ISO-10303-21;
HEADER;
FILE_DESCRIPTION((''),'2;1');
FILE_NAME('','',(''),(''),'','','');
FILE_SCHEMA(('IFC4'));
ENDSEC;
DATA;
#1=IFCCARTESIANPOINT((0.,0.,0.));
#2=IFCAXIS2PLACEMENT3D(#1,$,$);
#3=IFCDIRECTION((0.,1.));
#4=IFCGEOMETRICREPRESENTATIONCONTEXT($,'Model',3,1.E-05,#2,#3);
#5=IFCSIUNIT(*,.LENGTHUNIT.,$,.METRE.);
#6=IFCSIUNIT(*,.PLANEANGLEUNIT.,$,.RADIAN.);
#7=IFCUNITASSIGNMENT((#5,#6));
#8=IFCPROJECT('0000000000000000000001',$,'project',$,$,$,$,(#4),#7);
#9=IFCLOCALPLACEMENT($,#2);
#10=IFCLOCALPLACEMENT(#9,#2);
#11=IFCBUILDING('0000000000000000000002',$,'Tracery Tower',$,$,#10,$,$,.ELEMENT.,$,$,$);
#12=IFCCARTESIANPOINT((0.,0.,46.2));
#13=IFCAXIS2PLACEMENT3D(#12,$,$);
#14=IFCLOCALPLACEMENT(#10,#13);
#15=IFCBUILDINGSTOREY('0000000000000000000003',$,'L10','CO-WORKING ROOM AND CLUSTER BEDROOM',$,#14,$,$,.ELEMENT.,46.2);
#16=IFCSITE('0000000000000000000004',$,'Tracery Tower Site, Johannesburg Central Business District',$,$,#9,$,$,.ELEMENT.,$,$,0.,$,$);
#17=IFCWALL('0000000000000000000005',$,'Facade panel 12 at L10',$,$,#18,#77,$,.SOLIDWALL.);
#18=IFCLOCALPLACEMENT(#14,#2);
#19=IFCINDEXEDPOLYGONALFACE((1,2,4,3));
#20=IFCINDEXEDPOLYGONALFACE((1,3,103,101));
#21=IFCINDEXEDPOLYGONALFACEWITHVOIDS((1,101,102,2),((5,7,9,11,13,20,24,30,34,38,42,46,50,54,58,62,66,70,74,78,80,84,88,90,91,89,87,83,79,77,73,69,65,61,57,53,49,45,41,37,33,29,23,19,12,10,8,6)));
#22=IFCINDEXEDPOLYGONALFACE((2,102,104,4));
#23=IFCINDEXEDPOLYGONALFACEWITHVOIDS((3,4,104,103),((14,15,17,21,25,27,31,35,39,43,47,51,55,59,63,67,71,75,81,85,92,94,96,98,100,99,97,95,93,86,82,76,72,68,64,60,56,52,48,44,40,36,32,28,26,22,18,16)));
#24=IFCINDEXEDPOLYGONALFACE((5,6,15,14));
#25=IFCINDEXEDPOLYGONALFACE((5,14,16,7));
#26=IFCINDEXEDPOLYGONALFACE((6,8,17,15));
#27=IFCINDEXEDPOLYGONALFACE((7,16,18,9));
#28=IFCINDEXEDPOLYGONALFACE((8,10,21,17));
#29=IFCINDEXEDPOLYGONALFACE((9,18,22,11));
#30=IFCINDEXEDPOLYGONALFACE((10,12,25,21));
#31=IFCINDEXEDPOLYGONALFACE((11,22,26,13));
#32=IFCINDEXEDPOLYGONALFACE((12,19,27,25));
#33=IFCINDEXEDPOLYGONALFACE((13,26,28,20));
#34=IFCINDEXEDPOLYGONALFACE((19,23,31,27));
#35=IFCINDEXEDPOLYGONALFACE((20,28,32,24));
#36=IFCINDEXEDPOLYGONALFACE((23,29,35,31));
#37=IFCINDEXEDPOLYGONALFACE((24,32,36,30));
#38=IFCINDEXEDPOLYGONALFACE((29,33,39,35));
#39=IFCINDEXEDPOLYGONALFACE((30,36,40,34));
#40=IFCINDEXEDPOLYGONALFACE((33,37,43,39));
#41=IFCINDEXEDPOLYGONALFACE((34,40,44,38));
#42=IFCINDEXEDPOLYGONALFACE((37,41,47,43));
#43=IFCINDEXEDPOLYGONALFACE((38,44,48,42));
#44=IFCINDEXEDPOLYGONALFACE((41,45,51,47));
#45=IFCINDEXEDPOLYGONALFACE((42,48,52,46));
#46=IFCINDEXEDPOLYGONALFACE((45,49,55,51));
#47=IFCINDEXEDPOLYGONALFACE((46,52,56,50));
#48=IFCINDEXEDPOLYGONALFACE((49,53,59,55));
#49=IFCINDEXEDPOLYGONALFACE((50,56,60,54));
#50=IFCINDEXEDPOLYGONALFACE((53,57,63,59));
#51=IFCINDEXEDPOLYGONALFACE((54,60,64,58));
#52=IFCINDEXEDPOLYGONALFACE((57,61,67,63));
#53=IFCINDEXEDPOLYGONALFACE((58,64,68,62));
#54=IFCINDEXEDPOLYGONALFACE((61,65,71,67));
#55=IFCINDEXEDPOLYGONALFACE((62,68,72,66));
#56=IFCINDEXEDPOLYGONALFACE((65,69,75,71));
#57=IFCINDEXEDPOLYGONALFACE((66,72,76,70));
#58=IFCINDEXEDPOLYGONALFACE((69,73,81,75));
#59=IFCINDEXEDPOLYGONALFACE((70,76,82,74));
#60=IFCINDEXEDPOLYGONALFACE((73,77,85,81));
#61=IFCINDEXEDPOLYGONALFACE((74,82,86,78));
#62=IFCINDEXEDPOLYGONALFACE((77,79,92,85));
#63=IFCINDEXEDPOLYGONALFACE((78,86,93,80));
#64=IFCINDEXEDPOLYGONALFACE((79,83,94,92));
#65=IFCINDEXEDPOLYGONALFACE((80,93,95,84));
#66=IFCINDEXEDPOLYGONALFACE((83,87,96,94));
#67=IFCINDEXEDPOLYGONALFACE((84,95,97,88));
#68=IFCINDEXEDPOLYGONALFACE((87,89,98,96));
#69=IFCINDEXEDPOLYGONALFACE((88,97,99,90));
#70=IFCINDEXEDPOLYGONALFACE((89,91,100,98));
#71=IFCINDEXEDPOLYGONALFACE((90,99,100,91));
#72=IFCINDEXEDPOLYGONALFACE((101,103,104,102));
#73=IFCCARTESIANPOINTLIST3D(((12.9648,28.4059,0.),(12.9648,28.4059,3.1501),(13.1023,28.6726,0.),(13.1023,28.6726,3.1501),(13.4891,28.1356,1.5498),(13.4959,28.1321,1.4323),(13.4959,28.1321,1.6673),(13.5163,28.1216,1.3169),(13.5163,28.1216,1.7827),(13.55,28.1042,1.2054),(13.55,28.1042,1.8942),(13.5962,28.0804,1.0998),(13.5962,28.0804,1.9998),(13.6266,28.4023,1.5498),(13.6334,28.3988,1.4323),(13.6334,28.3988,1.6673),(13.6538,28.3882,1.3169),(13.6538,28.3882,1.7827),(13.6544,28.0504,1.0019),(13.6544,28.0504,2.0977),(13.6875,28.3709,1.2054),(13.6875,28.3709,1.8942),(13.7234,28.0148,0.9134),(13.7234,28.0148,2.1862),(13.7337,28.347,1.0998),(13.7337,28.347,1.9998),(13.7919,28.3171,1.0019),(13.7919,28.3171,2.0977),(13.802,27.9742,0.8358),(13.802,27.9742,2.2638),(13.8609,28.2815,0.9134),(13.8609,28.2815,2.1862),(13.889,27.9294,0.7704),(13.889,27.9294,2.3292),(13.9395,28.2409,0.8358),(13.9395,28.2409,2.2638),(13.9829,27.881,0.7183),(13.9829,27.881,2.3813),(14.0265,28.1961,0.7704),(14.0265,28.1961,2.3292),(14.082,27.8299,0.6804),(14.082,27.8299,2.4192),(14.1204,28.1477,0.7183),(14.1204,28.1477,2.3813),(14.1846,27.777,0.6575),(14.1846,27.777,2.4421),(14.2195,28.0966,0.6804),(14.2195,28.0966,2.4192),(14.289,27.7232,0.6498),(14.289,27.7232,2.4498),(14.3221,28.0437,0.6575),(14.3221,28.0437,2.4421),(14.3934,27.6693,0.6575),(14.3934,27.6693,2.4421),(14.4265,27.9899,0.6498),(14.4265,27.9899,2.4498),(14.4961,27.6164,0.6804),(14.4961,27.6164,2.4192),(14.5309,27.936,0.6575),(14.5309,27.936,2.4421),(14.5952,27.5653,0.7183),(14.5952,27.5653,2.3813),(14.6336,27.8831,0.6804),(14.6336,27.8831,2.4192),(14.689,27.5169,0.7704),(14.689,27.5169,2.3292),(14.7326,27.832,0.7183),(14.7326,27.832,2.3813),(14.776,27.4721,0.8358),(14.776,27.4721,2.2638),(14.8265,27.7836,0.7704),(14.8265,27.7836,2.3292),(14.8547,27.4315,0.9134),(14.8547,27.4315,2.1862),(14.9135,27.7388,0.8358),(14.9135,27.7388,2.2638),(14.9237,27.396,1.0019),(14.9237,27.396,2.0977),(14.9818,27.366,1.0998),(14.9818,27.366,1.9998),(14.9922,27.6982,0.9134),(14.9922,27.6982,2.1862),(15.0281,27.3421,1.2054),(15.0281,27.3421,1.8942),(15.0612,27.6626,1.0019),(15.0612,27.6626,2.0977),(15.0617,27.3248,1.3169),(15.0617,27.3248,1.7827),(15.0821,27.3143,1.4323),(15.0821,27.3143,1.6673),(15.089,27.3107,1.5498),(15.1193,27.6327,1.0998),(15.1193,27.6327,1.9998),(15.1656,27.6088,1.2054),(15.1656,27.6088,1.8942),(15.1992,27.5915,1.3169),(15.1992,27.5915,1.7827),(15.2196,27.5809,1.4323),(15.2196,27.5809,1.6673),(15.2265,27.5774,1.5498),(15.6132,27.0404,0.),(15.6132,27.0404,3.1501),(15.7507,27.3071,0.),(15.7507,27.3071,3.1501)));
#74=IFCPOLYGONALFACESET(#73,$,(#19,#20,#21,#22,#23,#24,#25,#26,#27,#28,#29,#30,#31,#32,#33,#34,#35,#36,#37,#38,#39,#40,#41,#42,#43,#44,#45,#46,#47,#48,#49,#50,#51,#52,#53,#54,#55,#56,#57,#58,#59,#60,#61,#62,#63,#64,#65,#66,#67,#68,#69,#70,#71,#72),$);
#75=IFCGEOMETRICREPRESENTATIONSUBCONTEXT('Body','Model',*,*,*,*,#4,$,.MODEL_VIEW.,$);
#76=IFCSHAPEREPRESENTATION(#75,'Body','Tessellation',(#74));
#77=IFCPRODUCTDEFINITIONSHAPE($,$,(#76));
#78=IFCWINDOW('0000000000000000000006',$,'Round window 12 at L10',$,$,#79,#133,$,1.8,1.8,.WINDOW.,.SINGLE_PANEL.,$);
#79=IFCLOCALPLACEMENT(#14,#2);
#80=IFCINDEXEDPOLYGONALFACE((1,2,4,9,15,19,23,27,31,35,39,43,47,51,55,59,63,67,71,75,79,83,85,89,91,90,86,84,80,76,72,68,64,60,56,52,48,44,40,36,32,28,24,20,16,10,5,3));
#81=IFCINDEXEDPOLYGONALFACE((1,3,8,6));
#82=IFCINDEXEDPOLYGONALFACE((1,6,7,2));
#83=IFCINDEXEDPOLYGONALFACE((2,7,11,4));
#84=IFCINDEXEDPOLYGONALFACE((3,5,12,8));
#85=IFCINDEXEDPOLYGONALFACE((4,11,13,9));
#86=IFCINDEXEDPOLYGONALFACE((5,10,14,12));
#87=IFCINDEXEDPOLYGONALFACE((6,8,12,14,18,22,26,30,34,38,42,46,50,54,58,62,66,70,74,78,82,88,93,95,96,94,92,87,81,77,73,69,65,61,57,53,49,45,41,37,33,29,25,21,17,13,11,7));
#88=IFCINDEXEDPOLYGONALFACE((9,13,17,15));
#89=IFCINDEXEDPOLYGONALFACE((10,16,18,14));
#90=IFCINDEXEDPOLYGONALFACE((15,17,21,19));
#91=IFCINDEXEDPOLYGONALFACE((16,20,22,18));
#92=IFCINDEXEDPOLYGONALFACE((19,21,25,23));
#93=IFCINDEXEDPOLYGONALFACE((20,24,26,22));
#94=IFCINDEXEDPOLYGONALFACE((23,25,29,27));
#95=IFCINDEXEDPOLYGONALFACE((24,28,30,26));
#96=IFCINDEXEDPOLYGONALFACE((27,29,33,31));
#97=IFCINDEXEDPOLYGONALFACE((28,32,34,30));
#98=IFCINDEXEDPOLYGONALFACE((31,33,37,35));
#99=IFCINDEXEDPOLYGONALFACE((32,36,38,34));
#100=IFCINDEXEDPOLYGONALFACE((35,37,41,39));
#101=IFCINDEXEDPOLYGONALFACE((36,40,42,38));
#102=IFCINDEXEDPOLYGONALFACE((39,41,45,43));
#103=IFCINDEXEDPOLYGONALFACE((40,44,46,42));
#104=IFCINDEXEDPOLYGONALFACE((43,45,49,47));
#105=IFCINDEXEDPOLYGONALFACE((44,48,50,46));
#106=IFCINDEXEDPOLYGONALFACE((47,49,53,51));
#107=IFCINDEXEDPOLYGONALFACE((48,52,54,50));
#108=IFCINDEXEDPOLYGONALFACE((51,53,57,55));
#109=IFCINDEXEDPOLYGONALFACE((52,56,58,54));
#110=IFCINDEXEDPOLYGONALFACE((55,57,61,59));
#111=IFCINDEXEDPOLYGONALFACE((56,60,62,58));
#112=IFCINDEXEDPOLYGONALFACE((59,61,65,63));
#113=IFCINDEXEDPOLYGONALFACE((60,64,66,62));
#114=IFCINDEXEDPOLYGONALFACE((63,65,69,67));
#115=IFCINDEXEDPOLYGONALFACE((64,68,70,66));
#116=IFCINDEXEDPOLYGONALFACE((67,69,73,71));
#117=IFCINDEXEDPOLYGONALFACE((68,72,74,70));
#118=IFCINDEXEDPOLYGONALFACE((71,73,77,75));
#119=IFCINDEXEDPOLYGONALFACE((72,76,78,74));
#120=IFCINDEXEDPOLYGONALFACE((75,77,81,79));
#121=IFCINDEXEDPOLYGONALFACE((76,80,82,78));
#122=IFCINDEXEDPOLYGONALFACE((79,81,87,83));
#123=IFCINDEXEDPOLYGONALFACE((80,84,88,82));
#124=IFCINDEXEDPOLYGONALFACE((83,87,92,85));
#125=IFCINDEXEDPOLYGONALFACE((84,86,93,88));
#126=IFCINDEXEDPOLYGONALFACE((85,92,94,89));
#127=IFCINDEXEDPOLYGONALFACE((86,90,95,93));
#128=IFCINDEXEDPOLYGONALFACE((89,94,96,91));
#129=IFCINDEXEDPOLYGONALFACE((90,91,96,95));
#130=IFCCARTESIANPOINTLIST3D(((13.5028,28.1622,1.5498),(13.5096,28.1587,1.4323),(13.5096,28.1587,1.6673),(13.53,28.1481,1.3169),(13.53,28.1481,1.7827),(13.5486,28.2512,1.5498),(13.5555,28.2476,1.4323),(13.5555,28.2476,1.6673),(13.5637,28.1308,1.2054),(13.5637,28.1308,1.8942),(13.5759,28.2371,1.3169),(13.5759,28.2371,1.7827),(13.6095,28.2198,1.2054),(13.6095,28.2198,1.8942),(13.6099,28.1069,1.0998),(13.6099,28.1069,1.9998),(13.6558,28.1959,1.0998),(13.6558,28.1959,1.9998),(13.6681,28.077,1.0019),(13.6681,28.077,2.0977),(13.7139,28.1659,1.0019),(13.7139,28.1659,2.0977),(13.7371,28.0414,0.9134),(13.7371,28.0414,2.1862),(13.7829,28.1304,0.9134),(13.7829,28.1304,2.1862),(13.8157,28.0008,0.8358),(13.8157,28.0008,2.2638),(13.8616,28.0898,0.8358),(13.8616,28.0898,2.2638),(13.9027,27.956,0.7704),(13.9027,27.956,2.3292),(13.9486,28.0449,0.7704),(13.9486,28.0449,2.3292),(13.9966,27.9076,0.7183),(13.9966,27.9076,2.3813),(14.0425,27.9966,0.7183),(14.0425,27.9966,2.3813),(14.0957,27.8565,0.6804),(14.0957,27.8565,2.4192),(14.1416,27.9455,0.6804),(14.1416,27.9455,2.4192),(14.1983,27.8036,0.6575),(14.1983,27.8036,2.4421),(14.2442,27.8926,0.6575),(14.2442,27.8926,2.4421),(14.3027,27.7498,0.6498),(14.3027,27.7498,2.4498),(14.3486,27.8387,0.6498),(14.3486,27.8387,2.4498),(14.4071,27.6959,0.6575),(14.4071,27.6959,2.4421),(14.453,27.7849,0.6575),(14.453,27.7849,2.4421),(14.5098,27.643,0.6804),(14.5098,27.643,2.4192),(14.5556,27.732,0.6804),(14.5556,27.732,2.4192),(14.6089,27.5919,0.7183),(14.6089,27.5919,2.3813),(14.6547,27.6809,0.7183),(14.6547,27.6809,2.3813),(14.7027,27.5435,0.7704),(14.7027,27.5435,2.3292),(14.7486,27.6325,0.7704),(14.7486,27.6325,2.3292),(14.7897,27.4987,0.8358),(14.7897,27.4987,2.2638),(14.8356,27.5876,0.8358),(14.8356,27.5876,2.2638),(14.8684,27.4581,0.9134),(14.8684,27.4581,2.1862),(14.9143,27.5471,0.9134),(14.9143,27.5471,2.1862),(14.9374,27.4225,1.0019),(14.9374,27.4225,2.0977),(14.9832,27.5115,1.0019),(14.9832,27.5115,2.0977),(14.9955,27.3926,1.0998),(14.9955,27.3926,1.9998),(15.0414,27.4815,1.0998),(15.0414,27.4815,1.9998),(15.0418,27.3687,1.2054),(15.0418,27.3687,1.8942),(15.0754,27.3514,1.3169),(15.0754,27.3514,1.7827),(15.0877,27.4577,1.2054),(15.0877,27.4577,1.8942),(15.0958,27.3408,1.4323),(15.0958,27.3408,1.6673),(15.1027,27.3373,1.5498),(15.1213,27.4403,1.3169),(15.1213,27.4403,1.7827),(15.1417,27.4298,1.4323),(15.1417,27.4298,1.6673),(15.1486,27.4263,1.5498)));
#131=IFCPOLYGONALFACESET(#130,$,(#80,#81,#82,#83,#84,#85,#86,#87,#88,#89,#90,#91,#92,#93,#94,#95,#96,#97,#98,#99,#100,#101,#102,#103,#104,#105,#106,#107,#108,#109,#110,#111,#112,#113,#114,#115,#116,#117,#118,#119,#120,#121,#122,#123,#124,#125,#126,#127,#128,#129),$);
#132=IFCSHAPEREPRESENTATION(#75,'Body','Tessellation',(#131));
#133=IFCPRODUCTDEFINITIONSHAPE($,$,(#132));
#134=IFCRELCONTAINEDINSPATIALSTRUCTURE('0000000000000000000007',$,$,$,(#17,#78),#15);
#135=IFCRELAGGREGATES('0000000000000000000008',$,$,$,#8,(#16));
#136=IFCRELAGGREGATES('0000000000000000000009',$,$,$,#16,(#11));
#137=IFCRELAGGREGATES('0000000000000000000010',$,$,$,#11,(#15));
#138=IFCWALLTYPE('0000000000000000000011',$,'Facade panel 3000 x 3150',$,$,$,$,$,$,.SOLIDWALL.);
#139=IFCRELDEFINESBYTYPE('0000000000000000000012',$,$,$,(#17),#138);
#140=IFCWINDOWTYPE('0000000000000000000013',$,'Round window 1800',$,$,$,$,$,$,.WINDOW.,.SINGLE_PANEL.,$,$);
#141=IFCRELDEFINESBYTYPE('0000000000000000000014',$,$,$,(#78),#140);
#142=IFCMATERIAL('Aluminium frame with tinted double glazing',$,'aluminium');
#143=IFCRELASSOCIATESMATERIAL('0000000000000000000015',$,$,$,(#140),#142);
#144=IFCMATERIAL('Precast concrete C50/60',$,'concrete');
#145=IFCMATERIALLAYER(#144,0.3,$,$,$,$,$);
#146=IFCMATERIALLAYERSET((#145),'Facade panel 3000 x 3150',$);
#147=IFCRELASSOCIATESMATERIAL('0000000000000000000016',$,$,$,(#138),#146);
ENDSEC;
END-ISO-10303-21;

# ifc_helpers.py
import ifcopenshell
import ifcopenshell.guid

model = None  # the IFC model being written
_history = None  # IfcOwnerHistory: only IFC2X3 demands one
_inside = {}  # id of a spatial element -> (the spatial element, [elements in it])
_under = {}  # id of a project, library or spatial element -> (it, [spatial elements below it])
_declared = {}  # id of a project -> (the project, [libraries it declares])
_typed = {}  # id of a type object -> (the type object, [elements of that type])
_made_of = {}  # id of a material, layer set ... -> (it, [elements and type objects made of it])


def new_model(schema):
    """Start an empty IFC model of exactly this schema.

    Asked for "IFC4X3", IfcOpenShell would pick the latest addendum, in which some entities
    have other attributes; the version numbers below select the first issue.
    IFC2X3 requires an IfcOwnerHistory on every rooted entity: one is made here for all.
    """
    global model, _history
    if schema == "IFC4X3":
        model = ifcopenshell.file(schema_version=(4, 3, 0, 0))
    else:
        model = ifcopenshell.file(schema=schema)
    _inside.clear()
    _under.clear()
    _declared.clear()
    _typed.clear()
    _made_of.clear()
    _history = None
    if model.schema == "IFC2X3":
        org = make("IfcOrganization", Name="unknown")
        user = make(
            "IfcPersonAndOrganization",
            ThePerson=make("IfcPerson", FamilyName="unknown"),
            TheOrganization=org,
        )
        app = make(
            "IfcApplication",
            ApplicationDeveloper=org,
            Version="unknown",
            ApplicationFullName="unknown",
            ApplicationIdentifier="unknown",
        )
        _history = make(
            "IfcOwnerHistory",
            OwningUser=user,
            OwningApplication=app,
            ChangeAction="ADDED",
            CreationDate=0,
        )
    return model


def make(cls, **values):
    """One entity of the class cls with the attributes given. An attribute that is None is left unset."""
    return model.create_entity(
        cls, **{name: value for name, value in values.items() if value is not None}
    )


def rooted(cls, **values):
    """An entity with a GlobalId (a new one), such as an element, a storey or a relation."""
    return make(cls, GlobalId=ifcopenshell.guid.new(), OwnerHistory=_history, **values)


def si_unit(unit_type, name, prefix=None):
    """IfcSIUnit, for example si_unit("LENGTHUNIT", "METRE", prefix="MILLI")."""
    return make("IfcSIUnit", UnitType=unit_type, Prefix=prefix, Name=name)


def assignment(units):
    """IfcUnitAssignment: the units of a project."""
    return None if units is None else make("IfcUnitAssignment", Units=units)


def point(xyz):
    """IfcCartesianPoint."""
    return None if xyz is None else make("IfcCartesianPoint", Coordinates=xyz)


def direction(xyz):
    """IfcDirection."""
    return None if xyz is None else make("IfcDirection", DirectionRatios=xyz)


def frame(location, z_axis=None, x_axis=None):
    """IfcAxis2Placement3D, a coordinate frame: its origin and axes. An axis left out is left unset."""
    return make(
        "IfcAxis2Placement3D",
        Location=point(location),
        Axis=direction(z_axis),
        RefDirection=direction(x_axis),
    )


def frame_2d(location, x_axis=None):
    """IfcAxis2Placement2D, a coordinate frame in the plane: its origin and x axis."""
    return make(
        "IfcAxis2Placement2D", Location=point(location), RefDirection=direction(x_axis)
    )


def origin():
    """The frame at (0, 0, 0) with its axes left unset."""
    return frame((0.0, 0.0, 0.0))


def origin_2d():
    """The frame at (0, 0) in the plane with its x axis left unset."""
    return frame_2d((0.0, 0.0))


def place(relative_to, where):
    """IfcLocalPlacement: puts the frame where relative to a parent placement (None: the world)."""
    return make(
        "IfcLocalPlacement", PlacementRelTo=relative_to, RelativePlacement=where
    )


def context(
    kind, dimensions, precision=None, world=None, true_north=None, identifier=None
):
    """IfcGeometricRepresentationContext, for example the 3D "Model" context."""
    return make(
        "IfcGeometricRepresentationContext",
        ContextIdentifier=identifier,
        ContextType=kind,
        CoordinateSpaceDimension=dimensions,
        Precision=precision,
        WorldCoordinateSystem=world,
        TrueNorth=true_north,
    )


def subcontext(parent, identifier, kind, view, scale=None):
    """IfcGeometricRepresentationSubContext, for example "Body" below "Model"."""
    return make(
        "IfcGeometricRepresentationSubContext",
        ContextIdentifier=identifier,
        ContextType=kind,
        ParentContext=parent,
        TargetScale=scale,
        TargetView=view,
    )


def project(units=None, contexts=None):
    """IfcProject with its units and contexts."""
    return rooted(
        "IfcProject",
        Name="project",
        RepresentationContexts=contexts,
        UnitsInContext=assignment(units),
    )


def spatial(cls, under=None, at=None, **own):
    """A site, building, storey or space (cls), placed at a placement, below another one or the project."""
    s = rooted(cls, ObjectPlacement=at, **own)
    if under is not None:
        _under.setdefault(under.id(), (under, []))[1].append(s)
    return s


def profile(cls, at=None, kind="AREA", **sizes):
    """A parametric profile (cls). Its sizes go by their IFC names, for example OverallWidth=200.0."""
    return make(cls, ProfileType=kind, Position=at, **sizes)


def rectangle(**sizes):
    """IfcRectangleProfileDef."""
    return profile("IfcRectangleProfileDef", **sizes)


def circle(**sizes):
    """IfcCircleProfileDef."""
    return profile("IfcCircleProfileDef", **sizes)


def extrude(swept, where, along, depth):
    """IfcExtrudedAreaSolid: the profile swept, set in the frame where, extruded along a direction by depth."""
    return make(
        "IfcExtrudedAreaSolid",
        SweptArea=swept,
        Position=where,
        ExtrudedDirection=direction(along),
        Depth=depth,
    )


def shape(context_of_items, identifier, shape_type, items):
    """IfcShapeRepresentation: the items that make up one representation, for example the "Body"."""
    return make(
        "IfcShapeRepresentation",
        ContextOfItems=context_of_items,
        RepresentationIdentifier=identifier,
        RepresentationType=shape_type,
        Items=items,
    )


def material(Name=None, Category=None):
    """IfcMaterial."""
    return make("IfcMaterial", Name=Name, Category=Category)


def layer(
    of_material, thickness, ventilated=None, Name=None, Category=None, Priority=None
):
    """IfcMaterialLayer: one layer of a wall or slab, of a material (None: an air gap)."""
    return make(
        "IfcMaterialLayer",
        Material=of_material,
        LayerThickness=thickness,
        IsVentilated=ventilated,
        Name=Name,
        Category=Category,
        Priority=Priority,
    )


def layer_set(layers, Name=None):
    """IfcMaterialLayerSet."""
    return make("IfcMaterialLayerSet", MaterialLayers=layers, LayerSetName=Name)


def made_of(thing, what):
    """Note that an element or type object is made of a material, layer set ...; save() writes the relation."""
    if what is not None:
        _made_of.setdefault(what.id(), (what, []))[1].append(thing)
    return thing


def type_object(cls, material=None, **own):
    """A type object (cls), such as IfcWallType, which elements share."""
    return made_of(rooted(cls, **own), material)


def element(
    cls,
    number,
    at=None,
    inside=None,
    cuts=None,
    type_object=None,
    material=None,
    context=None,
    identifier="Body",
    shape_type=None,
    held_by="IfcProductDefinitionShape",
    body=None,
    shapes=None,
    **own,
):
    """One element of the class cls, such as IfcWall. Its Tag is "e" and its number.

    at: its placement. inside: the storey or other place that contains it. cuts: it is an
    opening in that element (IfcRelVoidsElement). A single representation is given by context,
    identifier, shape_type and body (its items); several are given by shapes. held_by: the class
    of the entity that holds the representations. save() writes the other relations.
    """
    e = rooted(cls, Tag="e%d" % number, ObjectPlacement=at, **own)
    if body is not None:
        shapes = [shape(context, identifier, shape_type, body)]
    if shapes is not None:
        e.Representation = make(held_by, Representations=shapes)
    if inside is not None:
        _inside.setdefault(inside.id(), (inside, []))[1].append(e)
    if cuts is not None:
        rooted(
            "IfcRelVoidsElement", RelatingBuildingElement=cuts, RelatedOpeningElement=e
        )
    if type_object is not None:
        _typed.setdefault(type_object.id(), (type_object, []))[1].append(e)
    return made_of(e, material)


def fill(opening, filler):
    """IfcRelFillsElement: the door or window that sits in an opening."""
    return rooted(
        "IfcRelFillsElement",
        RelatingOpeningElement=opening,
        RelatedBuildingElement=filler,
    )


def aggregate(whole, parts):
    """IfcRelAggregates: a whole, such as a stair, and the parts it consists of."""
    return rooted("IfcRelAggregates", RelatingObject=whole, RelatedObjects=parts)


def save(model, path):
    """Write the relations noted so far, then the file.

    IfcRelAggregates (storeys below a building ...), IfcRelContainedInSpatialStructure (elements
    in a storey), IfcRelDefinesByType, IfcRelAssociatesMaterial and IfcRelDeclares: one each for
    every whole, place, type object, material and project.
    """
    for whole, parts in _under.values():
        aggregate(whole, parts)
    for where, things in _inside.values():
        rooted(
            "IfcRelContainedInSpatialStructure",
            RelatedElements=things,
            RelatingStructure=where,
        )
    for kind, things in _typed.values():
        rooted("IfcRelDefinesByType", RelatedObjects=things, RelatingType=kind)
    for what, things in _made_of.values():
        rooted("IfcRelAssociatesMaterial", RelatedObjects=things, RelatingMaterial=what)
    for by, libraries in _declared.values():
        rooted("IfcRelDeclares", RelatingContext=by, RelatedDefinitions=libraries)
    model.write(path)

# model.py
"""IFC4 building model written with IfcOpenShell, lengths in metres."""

from ifc_helpers import new_model, si_unit, direction, frame, frame_2d, origin, origin_2d, place, context, subcontext, project, spatial, rectangle, circle, extrude, material, layer, layer_set, type_object, element, fill, save


model = new_model("IFC4")

# Units and contexts
model_context = context("Model", 3, precision=1e-05, world=origin(), true_north=direction((0.0, 1.0)))
body_context = subcontext(model_context, "Body", "Model", "MODEL_VIEW")
ifc_project = project(units=[si_unit("LENGTHUNIT", "METRE"), si_unit("PLANEANGLEUNIT", "RADIAN")], contexts=[model_context])

# Site, building, storey
site_placement = place(None, origin())
site = spatial("IfcSite", under=ifc_project, at=site_placement, Name="Tracery Tower Site, Johannesburg Central Business District", CompositionType="ELEMENT", RefElevation=0.0)
building_placement = place(site_placement, origin())
building = spatial("IfcBuilding", under=site, at=building_placement, Name="Tracery Tower", CompositionType="ELEMENT")
storey_placement = place(building_placement, frame((0.0, 0.0, 46.2)))
storey = spatial("IfcBuildingStorey", under=building, at=storey_placement, Name="L10", Description="CO-WORKING ROOM AND CLUSTER BEDROOM", CompositionType="ELEMENT", Elevation=46.2)

# Wall, opening, window
ifc_material_1 = material(Name="Aluminium frame with tinted double glazing", Category="aluminium")
window_type = type_object("IfcWindowType", Name="Round window 1800", PartitioningType="SINGLE_PANEL", PredefinedType="WINDOW", material=ifc_material_1)
ifc_material_2 = material(Name="Precast concrete C50/60", Category="concrete")
ifc_layer_1 = layer(ifc_material_2, 0.3)
ifc_layer_set_1 = layer_set([ifc_layer_1], Name="Facade panel 3000 x 3150")
wall_type_1 = type_object("IfcWallType", Name="Facade panel 3000 x 3150", PredefinedType="SOLIDWALL", material=ifc_layer_set_1)
wall_1_placement = place(storey_placement, frame((15.6819, 27.1738, 0.0), z_axis=(0.0, 0.0, 1.0), x_axis=(-0.88882, 0.458257, 0.0)))
wall_1 = element("IfcWall", 1, at=wall_1_placement, inside=storey, type_object=wall_type_1, Name="Facade panel 12 at L10", PredefinedType="SOLIDWALL", context=body_context, shape_type="SweptSolid", body=[
    extrude(rectangle(XDim=2.9797, YDim=0.3, at=frame_2d((1.4897, 0.0))), origin(), (0.0, 0.0, 1.0), 3.1501),
])
opening_1_placement = place(wall_1_placement, frame((1.4897, 0.0, 1.5498)))
opening_1 = element("IfcOpeningElement", 2, at=opening_1_placement, cuts=wall_1, PredefinedType="OPENING", context=body_context, shape_type="SweptSolid", body=[
    extrude(circle(Radius=0.9, at=origin_2d()), frame((0.0, 0.1599, 0.0), z_axis=(0.0, -1.0, 0.0), x_axis=(1.0, 0.0, 0.0)), (0.0, 0.0, 1.0), 0.3201),
])
window_1_placement = place(opening_1_placement, origin())
window_1 = element("IfcWindow", 3, at=window_1_placement, inside=storey, type_object=window_type, Name="Round window 12 at L10", OverallHeight=1.8, OverallWidth=1.8, PartitioningType="SINGLE_PANEL", PredefinedType="WINDOW", context=body_context, shape_type="SweptSolid", body=[
    extrude(circle(Radius=0.9, at=origin_2d()), frame((0.0, 0.1201, 0.0), z_axis=(0.0, -1.0, 0.0), x_axis=(1.0, 0.0, 0.0)), (0.0, 0.0, 1.0), 0.1001),
])
fill(opening_1, window_1)

save(model, "model.ifc")
